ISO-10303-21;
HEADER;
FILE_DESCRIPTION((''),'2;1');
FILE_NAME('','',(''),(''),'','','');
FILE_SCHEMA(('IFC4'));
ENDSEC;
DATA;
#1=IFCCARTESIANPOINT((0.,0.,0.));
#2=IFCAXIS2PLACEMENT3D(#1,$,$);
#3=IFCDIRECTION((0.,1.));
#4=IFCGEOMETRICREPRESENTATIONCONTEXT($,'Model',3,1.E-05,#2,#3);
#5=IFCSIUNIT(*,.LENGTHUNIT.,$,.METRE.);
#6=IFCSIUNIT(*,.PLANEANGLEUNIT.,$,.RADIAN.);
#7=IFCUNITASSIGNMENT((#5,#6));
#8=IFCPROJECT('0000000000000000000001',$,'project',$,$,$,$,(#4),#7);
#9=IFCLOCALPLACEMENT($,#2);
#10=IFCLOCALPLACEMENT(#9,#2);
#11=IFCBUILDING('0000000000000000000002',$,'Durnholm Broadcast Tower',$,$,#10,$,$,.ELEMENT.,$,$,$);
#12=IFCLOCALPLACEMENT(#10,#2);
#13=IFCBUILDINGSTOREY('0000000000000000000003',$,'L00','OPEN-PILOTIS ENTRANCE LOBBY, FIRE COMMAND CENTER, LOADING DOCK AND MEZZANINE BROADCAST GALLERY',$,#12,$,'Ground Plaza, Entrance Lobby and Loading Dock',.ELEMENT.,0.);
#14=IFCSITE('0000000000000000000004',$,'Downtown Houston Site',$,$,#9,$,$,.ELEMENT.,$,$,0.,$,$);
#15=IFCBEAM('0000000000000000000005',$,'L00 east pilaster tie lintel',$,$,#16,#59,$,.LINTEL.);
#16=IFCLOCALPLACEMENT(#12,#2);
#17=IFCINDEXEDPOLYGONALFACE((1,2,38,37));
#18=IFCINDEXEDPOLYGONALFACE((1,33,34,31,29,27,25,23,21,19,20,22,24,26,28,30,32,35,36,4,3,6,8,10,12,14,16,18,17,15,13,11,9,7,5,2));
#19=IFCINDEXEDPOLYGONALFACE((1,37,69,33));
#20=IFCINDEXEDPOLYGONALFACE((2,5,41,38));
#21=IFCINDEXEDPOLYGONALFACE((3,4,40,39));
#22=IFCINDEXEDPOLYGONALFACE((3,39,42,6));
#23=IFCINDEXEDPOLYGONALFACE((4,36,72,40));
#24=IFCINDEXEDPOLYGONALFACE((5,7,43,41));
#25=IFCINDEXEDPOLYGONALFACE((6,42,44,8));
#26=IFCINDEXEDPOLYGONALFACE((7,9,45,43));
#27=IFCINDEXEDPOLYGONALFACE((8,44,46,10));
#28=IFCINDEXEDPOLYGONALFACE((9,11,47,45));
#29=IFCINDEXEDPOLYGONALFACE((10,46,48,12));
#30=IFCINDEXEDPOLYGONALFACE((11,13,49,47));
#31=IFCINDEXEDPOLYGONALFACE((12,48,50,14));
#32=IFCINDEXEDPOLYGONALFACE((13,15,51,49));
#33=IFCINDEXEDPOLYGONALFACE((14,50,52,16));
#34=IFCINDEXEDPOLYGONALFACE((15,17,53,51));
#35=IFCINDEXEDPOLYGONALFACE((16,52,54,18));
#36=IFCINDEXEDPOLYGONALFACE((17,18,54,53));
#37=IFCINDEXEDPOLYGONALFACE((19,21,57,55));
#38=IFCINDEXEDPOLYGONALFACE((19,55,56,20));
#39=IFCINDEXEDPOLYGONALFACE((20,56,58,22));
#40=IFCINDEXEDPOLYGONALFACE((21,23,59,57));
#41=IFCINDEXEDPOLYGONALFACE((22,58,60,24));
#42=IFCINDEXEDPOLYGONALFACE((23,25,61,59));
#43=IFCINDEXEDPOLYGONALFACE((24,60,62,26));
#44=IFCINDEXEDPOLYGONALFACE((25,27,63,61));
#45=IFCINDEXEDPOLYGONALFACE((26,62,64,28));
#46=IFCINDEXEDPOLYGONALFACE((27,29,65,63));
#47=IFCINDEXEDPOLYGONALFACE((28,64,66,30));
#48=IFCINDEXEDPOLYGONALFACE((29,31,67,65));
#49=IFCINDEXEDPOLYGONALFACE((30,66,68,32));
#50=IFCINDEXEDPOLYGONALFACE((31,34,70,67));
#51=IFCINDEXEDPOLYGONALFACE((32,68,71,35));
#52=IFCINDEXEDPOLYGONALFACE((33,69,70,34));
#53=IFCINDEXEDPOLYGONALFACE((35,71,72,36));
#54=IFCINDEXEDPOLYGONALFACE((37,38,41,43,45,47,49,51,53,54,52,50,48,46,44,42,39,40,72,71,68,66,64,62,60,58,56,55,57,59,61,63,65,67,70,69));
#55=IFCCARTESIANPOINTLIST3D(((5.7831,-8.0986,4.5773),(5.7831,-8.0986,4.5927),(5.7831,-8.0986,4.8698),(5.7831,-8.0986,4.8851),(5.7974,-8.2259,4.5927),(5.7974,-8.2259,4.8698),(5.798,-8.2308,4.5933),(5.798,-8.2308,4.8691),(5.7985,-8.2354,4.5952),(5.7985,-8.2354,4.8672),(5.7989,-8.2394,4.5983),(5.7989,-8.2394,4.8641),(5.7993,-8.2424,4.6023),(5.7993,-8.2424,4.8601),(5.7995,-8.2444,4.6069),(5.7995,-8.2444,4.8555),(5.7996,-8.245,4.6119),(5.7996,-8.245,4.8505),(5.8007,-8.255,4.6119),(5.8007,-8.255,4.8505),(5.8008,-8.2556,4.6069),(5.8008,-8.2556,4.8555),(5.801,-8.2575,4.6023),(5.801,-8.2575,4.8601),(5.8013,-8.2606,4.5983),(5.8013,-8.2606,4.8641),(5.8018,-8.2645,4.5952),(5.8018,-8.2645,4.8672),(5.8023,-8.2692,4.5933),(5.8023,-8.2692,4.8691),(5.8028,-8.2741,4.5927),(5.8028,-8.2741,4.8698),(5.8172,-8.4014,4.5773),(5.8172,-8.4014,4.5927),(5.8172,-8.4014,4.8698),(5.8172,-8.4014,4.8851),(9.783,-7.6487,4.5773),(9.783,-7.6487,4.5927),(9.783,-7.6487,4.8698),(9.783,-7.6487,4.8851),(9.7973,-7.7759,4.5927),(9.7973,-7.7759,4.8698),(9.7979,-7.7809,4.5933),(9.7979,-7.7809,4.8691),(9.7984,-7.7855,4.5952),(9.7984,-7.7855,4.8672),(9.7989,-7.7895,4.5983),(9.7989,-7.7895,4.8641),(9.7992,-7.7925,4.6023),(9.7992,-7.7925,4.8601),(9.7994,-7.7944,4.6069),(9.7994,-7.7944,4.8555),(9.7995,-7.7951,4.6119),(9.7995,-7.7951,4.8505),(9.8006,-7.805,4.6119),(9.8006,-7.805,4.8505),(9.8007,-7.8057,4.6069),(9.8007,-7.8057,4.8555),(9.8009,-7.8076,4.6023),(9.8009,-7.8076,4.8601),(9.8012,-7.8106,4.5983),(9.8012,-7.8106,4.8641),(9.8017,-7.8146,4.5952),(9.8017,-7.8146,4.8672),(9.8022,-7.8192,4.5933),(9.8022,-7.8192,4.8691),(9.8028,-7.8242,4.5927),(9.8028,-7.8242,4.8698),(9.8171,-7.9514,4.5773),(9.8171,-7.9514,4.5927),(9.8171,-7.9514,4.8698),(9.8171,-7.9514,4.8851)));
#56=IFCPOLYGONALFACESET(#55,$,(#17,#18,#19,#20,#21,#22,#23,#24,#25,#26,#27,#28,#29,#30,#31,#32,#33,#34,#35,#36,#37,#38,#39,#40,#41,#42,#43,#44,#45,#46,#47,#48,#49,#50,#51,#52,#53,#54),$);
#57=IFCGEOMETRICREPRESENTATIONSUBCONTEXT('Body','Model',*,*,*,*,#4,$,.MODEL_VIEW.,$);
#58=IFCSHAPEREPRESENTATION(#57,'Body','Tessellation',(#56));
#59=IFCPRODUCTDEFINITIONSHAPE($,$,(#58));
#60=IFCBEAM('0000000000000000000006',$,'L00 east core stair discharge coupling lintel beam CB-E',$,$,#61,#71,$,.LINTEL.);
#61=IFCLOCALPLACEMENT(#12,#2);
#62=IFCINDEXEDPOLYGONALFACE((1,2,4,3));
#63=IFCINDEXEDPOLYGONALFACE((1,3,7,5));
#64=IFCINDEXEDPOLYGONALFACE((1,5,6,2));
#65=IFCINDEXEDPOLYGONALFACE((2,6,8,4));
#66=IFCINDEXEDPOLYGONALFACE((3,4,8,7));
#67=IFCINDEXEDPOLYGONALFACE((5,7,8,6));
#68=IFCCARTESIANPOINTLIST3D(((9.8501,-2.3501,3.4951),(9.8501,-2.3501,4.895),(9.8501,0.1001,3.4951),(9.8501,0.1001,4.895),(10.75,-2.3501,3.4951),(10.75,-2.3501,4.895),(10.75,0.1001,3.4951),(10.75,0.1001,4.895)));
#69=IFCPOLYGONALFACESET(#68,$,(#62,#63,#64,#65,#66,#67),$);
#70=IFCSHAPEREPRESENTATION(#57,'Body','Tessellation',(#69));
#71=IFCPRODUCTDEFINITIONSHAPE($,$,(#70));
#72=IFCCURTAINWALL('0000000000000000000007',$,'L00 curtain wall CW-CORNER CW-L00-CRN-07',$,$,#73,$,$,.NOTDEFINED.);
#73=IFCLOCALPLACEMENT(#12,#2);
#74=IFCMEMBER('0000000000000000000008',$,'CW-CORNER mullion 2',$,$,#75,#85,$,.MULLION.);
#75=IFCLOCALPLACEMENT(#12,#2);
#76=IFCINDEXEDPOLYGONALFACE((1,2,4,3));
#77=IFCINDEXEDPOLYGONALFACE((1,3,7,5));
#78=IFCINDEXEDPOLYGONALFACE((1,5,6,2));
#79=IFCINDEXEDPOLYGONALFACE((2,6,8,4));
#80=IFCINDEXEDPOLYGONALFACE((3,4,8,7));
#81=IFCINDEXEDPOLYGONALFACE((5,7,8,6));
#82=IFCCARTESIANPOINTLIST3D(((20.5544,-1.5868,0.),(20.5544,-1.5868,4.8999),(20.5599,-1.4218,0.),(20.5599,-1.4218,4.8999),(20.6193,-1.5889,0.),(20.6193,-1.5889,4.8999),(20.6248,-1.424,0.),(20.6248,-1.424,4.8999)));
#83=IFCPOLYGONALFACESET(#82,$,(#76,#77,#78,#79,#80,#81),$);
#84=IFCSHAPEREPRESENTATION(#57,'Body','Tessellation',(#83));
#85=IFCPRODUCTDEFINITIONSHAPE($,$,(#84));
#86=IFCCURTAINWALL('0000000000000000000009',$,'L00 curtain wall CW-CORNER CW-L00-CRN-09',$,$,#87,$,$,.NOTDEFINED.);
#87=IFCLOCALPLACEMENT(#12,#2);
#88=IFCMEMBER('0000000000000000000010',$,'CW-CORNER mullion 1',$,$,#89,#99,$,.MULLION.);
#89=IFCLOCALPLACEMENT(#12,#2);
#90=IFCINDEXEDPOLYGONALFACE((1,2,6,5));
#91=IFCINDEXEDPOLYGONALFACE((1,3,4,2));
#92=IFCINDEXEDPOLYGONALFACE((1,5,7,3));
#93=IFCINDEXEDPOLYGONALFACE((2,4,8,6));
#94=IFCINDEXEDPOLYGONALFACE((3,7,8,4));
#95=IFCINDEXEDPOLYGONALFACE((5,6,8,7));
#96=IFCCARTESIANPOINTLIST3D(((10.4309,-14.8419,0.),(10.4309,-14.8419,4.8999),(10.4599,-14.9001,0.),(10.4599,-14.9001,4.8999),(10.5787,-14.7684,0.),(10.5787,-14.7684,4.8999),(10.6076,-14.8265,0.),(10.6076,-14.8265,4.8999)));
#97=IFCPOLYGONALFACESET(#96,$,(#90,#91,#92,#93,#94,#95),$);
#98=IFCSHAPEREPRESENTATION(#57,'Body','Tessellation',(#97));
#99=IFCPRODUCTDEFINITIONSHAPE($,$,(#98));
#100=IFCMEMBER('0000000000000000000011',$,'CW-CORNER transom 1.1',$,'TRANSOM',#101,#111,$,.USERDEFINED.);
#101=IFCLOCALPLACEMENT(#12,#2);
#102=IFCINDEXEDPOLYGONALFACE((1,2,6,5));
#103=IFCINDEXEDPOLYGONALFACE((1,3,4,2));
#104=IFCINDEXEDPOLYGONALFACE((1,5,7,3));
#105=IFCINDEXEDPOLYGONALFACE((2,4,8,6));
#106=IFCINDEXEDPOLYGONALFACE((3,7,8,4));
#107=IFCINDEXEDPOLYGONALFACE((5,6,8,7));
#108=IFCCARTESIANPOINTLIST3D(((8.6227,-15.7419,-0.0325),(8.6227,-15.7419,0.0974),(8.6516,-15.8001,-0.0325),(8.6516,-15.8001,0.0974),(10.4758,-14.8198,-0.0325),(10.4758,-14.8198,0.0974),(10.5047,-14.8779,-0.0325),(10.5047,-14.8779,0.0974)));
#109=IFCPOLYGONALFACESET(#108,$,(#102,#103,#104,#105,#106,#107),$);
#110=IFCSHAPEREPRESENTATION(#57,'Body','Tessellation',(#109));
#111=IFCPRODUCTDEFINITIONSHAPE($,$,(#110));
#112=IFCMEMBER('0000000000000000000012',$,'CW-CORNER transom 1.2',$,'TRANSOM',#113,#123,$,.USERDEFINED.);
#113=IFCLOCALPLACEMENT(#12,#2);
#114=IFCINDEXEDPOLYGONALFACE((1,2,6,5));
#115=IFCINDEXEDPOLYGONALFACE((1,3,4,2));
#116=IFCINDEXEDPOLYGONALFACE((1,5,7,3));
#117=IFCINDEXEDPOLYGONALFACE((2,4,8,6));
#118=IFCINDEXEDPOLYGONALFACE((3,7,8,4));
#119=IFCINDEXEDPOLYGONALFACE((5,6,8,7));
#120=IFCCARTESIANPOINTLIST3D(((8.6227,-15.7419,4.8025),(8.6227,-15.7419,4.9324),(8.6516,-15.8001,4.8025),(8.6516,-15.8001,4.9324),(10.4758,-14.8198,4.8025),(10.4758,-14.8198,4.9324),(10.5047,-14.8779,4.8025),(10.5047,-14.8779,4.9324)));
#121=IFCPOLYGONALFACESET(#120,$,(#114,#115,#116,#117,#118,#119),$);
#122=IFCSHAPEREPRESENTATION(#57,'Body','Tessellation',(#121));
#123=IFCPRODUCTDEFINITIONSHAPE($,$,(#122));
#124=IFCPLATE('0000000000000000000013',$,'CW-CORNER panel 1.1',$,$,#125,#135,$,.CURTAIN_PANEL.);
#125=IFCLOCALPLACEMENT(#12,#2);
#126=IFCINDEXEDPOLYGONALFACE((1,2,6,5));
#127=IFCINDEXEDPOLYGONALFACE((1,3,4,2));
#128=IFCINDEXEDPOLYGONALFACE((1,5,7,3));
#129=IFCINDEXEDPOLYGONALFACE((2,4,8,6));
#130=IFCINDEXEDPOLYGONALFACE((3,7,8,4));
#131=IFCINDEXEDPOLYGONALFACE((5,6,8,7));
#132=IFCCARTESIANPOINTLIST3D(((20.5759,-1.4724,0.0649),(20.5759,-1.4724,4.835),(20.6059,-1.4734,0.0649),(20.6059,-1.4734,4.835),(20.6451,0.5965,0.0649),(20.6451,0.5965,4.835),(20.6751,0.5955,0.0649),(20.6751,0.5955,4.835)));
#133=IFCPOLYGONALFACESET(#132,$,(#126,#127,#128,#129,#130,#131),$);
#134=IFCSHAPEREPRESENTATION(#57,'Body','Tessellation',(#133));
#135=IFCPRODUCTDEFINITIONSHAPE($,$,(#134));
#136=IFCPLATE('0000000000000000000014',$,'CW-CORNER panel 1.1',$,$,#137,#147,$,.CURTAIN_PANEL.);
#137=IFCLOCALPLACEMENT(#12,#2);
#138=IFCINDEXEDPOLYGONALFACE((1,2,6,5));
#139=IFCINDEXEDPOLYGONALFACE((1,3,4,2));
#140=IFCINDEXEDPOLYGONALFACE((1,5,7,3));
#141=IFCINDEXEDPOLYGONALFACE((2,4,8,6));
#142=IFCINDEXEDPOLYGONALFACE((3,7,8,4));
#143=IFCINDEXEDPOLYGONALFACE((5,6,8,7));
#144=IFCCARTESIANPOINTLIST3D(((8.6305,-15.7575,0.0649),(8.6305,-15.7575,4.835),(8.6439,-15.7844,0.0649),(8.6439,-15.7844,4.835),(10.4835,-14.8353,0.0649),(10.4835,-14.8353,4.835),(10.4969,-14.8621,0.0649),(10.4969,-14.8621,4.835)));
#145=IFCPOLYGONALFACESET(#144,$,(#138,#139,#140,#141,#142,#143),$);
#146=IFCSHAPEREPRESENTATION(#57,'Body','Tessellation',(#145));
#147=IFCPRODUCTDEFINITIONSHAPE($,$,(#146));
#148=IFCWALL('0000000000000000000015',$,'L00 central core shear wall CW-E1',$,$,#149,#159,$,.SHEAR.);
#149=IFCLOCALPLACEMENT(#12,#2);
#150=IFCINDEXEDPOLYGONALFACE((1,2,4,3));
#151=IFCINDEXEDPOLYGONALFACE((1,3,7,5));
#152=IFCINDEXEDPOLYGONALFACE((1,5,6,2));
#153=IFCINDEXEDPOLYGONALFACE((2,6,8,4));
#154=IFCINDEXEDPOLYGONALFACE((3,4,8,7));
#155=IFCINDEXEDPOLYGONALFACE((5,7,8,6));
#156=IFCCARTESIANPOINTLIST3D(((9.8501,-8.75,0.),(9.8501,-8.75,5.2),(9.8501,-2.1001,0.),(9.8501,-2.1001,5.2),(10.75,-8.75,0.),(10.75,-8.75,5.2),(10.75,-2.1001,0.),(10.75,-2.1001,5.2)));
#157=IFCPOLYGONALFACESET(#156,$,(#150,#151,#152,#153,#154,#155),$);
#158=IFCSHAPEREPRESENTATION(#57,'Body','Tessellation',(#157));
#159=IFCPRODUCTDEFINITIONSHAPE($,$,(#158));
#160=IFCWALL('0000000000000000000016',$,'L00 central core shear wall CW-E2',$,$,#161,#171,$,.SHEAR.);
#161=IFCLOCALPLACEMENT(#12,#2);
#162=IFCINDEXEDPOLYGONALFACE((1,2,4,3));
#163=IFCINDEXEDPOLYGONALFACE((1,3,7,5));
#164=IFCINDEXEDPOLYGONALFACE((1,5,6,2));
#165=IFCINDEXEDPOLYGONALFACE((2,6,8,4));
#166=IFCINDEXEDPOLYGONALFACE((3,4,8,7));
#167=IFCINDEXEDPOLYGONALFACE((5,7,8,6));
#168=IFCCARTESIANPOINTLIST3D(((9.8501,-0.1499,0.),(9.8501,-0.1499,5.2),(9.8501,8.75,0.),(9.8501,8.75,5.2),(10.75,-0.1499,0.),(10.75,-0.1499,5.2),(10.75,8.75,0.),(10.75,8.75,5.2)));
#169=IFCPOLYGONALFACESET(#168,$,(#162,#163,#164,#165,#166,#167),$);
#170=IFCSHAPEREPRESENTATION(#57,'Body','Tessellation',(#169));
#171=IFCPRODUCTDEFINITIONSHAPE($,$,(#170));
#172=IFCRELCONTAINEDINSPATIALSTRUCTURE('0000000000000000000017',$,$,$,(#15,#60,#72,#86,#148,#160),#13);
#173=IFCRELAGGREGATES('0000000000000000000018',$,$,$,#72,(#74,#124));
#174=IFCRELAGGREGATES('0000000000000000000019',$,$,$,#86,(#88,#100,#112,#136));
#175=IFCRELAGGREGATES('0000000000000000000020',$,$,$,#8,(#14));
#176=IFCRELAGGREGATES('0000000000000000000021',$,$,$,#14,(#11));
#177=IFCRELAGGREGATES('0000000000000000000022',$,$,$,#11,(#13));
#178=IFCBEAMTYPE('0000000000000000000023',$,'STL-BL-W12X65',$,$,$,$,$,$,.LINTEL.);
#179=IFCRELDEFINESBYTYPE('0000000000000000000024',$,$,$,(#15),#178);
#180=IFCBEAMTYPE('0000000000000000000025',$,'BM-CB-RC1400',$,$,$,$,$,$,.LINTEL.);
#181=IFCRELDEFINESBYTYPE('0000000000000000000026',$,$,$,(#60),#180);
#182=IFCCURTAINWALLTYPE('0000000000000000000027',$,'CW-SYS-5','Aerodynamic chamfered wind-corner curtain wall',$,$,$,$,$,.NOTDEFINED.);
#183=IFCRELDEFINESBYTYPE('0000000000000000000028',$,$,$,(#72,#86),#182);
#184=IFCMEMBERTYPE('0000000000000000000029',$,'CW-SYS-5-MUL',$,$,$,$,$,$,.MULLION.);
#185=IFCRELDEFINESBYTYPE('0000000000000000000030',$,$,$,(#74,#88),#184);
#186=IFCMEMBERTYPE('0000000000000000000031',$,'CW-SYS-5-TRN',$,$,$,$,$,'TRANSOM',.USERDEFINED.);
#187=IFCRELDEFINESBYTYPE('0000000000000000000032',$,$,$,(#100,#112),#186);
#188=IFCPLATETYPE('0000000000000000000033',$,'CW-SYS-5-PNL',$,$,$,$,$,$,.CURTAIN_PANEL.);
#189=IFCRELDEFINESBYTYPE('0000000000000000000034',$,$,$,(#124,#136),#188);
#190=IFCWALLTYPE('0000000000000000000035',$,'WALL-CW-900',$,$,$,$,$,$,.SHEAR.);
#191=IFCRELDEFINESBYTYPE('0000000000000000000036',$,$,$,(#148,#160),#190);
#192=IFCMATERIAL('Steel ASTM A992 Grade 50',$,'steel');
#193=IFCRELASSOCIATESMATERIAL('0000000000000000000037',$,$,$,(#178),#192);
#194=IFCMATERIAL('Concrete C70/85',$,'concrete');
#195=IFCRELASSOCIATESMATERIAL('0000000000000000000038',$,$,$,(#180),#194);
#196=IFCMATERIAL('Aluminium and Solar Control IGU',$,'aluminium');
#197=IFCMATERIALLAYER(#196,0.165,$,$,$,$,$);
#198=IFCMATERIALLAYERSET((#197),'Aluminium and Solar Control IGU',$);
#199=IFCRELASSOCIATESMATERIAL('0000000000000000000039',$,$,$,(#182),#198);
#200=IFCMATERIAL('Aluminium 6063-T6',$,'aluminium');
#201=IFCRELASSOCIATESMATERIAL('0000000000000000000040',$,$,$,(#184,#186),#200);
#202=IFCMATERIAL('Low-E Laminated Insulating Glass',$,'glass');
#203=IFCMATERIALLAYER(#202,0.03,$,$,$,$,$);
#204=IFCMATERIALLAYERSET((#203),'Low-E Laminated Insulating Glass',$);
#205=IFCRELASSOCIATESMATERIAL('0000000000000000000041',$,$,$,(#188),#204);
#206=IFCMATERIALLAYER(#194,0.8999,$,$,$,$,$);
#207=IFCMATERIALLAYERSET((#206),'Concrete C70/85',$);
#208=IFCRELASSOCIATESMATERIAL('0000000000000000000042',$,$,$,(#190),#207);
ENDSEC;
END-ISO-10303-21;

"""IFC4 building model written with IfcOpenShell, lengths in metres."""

from ifc_helpers import new_model, si_unit, direction, frame, frame_2d, origin, origin_2d, place, context, subcontext, project, spatial, rectangle, i_section, extrude, source, transform, mapped, material, layer, layer_set, material_profile, profile_set, type_object, type_shapes, element, aggregate, save


model = new_model("IFC4")

# Units and contexts
model_context = context("Model", 3, precision=1e-05, world=origin(), true_north=direction((0.0, 1.0)))
body_context = subcontext(model_context, "Body", "Model", "MODEL_VIEW")
ifc_project = project(units=[si_unit("LENGTHUNIT", "METRE"), si_unit("PLANEANGLEUNIT", "RADIAN")], contexts=[model_context])

# Site, building, storey
site_placement = place(None, origin())
site = spatial("IfcSite", under=ifc_project, at=site_placement, Name="Downtown Houston Site", CompositionType="ELEMENT", RefElevation=0.0)
building_placement = place(site_placement, origin())
building = spatial("IfcBuilding", under=site, at=building_placement, Name="Durnholm Broadcast Tower", CompositionType="ELEMENT")
storey_placement = place(building_placement, origin())
storey = spatial("IfcBuildingStorey", under=building, at=storey_placement, Name="L00", Description="OPEN-PILOTIS ENTRANCE LOBBY, FIRE COMMAND CENTER, LOADING DOCK AND MEZZANINE BROADCAST GALLERY", LongName="Ground Plaza, Entrance Lobby and Loading Dock", CompositionType="ELEMENT", Elevation=0.0)

# Shared definitions
ifc_material_1 = material(Name="Concrete C70/85", Category="concrete")
ifc_material_2 = material(Name="Steel ASTM A992 Grade 50", Category="steel")

# Beams
ifc_material_profile_1 = material_profile(ifc_material_2, i_section(OverallWidth=0.3047, OverallDepth=0.3079, WebThickness=0.01, FlangeThickness=0.0154, FilletRadius=0.0193, at=origin_2d()), Name="W12X65")
ifc_profile_set_1 = profile_set([ifc_material_profile_1], Name="Steel ASTM A992 Grade 50")
beam_type_1 = type_object("IfcBeamType", Name="STL-BL-W12X65", PredefinedType="LINTEL", material=ifc_profile_set_1)
shared_shape_1 = source(origin(), body_context, "Body", "SweptSolid", [
    extrude(i_section(OverallWidth=0.3047, OverallDepth=0.3079, WebThickness=0.01, FlangeThickness=0.0154, FilletRadius=0.0193, at=origin_2d()), origin(), (0.0, 0.0, 1.0), 4.0251),
])
type_shapes(beam_type_1, [shared_shape_1])
beam_1_placement = place(storey_placement, frame((9.8, -7.8, 4.7312), z_axis=(-0.993733, -0.111783, 0.0), x_axis=(0.111783, -0.993733, 0.0)))
element("IfcBeam", 1, at=beam_1_placement, inside=storey, type_object=beam_type_1, Name="L00 east pilaster tie lintel", PredefinedType="LINTEL", context=body_context, shape_type="MappedRepresentation", body=[
    mapped(shared_shape_1, transform((0.0, 0.0, 0.0), x_axis=(1.0, 0.0, 0.0), y_axis=(0.0, 1.0, 0.0), z_axis=(0.0, 0.0, 1.0), scale=1.0)),
])
ifc_material_profile_2 = material_profile(ifc_material_1, rectangle(XDim=0.8999, YDim=1.3999, at=origin_2d()), Name="RC900X1400")
ifc_profile_set_2 = profile_set([ifc_material_profile_2], Name="Concrete C70/85")
beam_type_2 = type_object("IfcBeamType", Name="BM-CB-RC1400", PredefinedType="LINTEL", material=ifc_profile_set_2)
shared_shape_2 = source(origin(), body_context, "Body", "SweptSolid", [
    extrude(rectangle(XDim=0.8999, YDim=1.3999, at=origin_2d()), origin(), (0.0, 0.0, 1.0), 2.4502),
])
type_shapes(beam_type_2, [shared_shape_2])
beam_2_placement = place(storey_placement, frame((10.3, -2.3501, 4.1951), z_axis=(0.0, 1.0, 0.0), x_axis=(-1.0, 0.0, 0.0)))
element("IfcBeam", 2, at=beam_2_placement, inside=storey, type_object=beam_type_2, Name="L00 east core stair discharge coupling lintel beam CB-E", PredefinedType="LINTEL", context=body_context, shape_type="MappedRepresentation", body=[
    mapped(shared_shape_2, transform((0.0, 0.0, 0.0), x_axis=(1.0, 0.0, 0.0), y_axis=(0.0, 1.0, 0.0), z_axis=(0.0, 0.0, 1.0), scale=1.0)),
])

# Curtain wall, member
ifc_material_3 = material(Name="Aluminium and Solar Control IGU", Category="aluminium")
ifc_layer_1 = layer(ifc_material_3, 0.165)
ifc_layer_set_1 = layer_set([ifc_layer_1], Name="Aluminium and Solar Control IGU")
curtain_wall_type = type_object("IfcCurtainWallType", Name="CW-SYS-5", Description="Aerodynamic chamfered wind-corner curtain wall", PredefinedType="NOTDEFINED", material=ifc_layer_set_1)
curtain_wall_1_placement = place(storey_placement, origin())
curtain_wall_1 = element("IfcCurtainWall", 3, at=curtain_wall_1_placement, inside=storey, type_object=curtain_wall_type, Name="L00 curtain wall CW-CORNER CW-L00-CRN-07", PredefinedType="NOTDEFINED")
ifc_material_4 = material(Name="Aluminium 6063-T6", Category="aluminium")
ifc_material_profile_3 = material_profile(ifc_material_4, rectangle(XDim=0.0649, YDim=0.165, at=origin_2d()), Name="CWM65X165")
ifc_profile_set_3 = profile_set([ifc_material_profile_3], Name="Aluminium 6063-T6")
member_type_1 = type_object("IfcMemberType", Name="CW-SYS-5-MUL", PredefinedType="MULLION", material=ifc_profile_set_3)
shared_shape_3 = source(origin(), body_context, "Body", "SweptSolid", [
    extrude(rectangle(XDim=0.0649, YDim=0.165, at=origin_2d()), origin(), (0.0, 0.0, 1.0), 4.8999),
])
type_shapes(member_type_1, [shared_shape_3])
member_1_placement = place(storey_placement, frame((20.5896, -1.5054, 0.0), z_axis=(0.0, 0.0, 1.0), x_axis=(0.99944, -0.033454, 0.0)))
member_1 = element("IfcMember", 4, at=member_1_placement, type_object=member_type_1, Name="CW-CORNER mullion 2", PredefinedType="MULLION", context=body_context, shape_type="MappedRepresentation", body=[
    mapped(shared_shape_3, transform((0.0, 0.0, 0.0), x_axis=(1.0, 0.0, 0.0), y_axis=(0.0, 1.0, 0.0), z_axis=(0.0, 0.0, 1.0), scale=1.0)),
])

# Curtain wall, members
curtain_wall_2_placement = place(storey_placement, origin())
curtain_wall_2 = element("IfcCurtainWall", 5, at=curtain_wall_2_placement, inside=storey, type_object=curtain_wall_type, Name="L00 curtain wall CW-CORNER CW-L00-CRN-09", PredefinedType="NOTDEFINED")
member_2_placement = place(storey_placement, frame((10.5193, -14.8342, 0.0), z_axis=(0.0, 0.0, 1.0), x_axis=(0.445558, -0.895253, 0.0)))
member_2 = element("IfcMember", 6, at=member_2_placement, type_object=member_type_1, Name="CW-CORNER mullion 1", PredefinedType="MULLION", context=body_context, shape_type="MappedRepresentation", body=[
    mapped(shared_shape_3, transform((0.0, 0.0, 0.0), x_axis=(1.0, 0.0, 0.0), y_axis=(0.0, 1.0, 0.0), z_axis=(0.0, 0.0, 1.0), scale=1.0)),
])
ifc_material_profile_4 = material_profile(ifc_material_4, rectangle(XDim=0.0649, YDim=0.1299, at=origin_2d()), Name="CWT65X130")
ifc_profile_set_4 = profile_set([ifc_material_profile_4], Name="Aluminium 6063-T6")
member_type_2 = type_object("IfcMemberType", Name="CW-SYS-5-TRN", ElementType="TRANSOM", PredefinedType="USERDEFINED", material=ifc_profile_set_4)
shared_shape_4 = source(origin(), body_context, "Body", "SweptSolid", [
    extrude(rectangle(XDim=0.0649, YDim=0.1299, at=origin_2d()), origin(), (0.0, 0.0, 1.0), 2.0698),
])
type_shapes(member_type_2, [shared_shape_4])
member_3_placement = place(storey_placement, frame((10.4902, -14.8489, 0.0325), z_axis=(-0.895275, -0.445514, 0.0), x_axis=(0.445514, -0.895275, 0.0)))
member_3 = element("IfcMember", 7, at=member_3_placement, type_object=member_type_2, Name="CW-CORNER transom 1.1", ObjectType="TRANSOM", PredefinedType="USERDEFINED", context=body_context, shape_type="MappedRepresentation", body=[
    mapped(shared_shape_4, transform((0.0, 0.0, 0.0), x_axis=(1.0, 0.0, 0.0), y_axis=(0.0, 1.0, 0.0), z_axis=(0.0, 0.0, 1.0), scale=1.0)),
])
member_4_placement = place(storey_placement, frame((10.4902, -14.8489, 4.8674), z_axis=(-0.895275, -0.445514, 0.0), x_axis=(0.445514, -0.895275, 0.0)))
member_4 = element("IfcMember", 8, at=member_4_placement, type_object=member_type_2, Name="CW-CORNER transom 1.2", ObjectType="TRANSOM", PredefinedType="USERDEFINED", context=body_context, shape_type="MappedRepresentation", body=[
    mapped(shared_shape_4, transform((0.0, 0.0, 0.0), x_axis=(1.0, 0.0, 0.0), y_axis=(0.0, 1.0, 0.0), z_axis=(0.0, 0.0, 1.0), scale=1.0)),
])

# Plates
ifc_material_5 = material(Name="Low-E Laminated Insulating Glass", Category="glass")
ifc_layer_2 = layer(ifc_material_5, 0.03)
ifc_layer_set_2 = layer_set([ifc_layer_2], Name="Low-E Laminated Insulating Glass")
plate_type = type_object("IfcPlateType", Name="CW-SYS-5-PNL", PredefinedType="CURTAIN_PANEL", material=ifc_layer_set_2)
shared_shape_5 = source(origin(), body_context, "Body", "SweptSolid", [
    extrude(rectangle(XDim=2.0701, YDim=0.03, at=origin_2d()), origin(), (0.0, 0.0, 1.0), 4.77),
])
plate_1_placement = place(storey_placement, frame((20.6255, -0.4385, 0.0649), z_axis=(0.0, 0.0, 1.0), x_axis=(-0.033454, -0.99944, 0.0)))
plate_1 = element("IfcPlate", 9, at=plate_1_placement, type_object=plate_type, Name="CW-CORNER panel 1.1", PredefinedType="CURTAIN_PANEL", context=body_context, shape_type="MappedRepresentation", body=[
    mapped(shared_shape_5, transform((0.0, 0.0, 0.0), x_axis=(1.0, 0.0, 0.0), y_axis=(0.0, 1.0, 0.0), z_axis=(0.0, 0.0, 1.0), scale=1.0)),
])
aggregate(curtain_wall_1, [member_1, plate_1])
shared_shape_6 = source(origin(), body_context, "Body", "SweptSolid", [
    extrude(rectangle(XDim=2.0698, YDim=0.03, at=origin_2d()), origin(), (0.0, 0.0, 1.0), 4.77),
])
type_shapes(plate_type, [shared_shape_5, shared_shape_6])
plate_2_placement = place(storey_placement, frame((9.5637, -15.3098, 0.0649), z_axis=(0.0, 0.0, 1.0), x_axis=(-0.895253, -0.445558, 0.0)))
plate_2 = element("IfcPlate", 10, at=plate_2_placement, type_object=plate_type, Name="CW-CORNER panel 1.1", PredefinedType="CURTAIN_PANEL", context=body_context, shape_type="MappedRepresentation", body=[
    mapped(shared_shape_6, transform((0.0, 0.0, 0.0), x_axis=(1.0, 0.0, 0.0), y_axis=(0.0, 1.0, 0.0), z_axis=(0.0, 0.0, 1.0), scale=1.0)),
])
aggregate(curtain_wall_2, [member_2, member_3, member_4, plate_2])

# Walls
ifc_layer_3 = layer(ifc_material_1, 0.8999)
ifc_layer_set_3 = layer_set([ifc_layer_3], Name="Concrete C70/85")
wall_type_1 = type_object("IfcWallType", Name="WALL-CW-900", PredefinedType="SHEAR", material=ifc_layer_set_3)
wall_1_placement = place(storey_placement, frame((10.3, -8.75, 0.0), z_axis=(0.0, 0.0, 1.0), x_axis=(0.0, 1.0, 0.0)))
element("IfcWall", 11, at=wall_1_placement, inside=storey, type_object=wall_type_1, Name="L00 central core shear wall CW-E1", PredefinedType="SHEAR", context=body_context, shape_type="SweptSolid", body=[
    extrude(rectangle(XDim=6.6499, YDim=0.8999, at=frame_2d((3.325, 0.0))), origin(), (0.0, 0.0, 1.0), 5.2),
])
wall_2_placement = place(storey_placement, frame((10.3, -0.1499, 0.0), z_axis=(0.0, 0.0, 1.0), x_axis=(0.0, 1.0, 0.0)))
element("IfcWall", 12, at=wall_2_placement, inside=storey, type_object=wall_type_1, Name="L00 central core shear wall CW-E2", PredefinedType="SHEAR", context=body_context, shape_type="SweptSolid", body=[
    extrude(rectangle(XDim=8.8999, YDim=0.8999, at=frame_2d((4.45, 0.0))), origin(), (0.0, 0.0, 1.0), 5.2),
])

save(model, "model.ifc")
